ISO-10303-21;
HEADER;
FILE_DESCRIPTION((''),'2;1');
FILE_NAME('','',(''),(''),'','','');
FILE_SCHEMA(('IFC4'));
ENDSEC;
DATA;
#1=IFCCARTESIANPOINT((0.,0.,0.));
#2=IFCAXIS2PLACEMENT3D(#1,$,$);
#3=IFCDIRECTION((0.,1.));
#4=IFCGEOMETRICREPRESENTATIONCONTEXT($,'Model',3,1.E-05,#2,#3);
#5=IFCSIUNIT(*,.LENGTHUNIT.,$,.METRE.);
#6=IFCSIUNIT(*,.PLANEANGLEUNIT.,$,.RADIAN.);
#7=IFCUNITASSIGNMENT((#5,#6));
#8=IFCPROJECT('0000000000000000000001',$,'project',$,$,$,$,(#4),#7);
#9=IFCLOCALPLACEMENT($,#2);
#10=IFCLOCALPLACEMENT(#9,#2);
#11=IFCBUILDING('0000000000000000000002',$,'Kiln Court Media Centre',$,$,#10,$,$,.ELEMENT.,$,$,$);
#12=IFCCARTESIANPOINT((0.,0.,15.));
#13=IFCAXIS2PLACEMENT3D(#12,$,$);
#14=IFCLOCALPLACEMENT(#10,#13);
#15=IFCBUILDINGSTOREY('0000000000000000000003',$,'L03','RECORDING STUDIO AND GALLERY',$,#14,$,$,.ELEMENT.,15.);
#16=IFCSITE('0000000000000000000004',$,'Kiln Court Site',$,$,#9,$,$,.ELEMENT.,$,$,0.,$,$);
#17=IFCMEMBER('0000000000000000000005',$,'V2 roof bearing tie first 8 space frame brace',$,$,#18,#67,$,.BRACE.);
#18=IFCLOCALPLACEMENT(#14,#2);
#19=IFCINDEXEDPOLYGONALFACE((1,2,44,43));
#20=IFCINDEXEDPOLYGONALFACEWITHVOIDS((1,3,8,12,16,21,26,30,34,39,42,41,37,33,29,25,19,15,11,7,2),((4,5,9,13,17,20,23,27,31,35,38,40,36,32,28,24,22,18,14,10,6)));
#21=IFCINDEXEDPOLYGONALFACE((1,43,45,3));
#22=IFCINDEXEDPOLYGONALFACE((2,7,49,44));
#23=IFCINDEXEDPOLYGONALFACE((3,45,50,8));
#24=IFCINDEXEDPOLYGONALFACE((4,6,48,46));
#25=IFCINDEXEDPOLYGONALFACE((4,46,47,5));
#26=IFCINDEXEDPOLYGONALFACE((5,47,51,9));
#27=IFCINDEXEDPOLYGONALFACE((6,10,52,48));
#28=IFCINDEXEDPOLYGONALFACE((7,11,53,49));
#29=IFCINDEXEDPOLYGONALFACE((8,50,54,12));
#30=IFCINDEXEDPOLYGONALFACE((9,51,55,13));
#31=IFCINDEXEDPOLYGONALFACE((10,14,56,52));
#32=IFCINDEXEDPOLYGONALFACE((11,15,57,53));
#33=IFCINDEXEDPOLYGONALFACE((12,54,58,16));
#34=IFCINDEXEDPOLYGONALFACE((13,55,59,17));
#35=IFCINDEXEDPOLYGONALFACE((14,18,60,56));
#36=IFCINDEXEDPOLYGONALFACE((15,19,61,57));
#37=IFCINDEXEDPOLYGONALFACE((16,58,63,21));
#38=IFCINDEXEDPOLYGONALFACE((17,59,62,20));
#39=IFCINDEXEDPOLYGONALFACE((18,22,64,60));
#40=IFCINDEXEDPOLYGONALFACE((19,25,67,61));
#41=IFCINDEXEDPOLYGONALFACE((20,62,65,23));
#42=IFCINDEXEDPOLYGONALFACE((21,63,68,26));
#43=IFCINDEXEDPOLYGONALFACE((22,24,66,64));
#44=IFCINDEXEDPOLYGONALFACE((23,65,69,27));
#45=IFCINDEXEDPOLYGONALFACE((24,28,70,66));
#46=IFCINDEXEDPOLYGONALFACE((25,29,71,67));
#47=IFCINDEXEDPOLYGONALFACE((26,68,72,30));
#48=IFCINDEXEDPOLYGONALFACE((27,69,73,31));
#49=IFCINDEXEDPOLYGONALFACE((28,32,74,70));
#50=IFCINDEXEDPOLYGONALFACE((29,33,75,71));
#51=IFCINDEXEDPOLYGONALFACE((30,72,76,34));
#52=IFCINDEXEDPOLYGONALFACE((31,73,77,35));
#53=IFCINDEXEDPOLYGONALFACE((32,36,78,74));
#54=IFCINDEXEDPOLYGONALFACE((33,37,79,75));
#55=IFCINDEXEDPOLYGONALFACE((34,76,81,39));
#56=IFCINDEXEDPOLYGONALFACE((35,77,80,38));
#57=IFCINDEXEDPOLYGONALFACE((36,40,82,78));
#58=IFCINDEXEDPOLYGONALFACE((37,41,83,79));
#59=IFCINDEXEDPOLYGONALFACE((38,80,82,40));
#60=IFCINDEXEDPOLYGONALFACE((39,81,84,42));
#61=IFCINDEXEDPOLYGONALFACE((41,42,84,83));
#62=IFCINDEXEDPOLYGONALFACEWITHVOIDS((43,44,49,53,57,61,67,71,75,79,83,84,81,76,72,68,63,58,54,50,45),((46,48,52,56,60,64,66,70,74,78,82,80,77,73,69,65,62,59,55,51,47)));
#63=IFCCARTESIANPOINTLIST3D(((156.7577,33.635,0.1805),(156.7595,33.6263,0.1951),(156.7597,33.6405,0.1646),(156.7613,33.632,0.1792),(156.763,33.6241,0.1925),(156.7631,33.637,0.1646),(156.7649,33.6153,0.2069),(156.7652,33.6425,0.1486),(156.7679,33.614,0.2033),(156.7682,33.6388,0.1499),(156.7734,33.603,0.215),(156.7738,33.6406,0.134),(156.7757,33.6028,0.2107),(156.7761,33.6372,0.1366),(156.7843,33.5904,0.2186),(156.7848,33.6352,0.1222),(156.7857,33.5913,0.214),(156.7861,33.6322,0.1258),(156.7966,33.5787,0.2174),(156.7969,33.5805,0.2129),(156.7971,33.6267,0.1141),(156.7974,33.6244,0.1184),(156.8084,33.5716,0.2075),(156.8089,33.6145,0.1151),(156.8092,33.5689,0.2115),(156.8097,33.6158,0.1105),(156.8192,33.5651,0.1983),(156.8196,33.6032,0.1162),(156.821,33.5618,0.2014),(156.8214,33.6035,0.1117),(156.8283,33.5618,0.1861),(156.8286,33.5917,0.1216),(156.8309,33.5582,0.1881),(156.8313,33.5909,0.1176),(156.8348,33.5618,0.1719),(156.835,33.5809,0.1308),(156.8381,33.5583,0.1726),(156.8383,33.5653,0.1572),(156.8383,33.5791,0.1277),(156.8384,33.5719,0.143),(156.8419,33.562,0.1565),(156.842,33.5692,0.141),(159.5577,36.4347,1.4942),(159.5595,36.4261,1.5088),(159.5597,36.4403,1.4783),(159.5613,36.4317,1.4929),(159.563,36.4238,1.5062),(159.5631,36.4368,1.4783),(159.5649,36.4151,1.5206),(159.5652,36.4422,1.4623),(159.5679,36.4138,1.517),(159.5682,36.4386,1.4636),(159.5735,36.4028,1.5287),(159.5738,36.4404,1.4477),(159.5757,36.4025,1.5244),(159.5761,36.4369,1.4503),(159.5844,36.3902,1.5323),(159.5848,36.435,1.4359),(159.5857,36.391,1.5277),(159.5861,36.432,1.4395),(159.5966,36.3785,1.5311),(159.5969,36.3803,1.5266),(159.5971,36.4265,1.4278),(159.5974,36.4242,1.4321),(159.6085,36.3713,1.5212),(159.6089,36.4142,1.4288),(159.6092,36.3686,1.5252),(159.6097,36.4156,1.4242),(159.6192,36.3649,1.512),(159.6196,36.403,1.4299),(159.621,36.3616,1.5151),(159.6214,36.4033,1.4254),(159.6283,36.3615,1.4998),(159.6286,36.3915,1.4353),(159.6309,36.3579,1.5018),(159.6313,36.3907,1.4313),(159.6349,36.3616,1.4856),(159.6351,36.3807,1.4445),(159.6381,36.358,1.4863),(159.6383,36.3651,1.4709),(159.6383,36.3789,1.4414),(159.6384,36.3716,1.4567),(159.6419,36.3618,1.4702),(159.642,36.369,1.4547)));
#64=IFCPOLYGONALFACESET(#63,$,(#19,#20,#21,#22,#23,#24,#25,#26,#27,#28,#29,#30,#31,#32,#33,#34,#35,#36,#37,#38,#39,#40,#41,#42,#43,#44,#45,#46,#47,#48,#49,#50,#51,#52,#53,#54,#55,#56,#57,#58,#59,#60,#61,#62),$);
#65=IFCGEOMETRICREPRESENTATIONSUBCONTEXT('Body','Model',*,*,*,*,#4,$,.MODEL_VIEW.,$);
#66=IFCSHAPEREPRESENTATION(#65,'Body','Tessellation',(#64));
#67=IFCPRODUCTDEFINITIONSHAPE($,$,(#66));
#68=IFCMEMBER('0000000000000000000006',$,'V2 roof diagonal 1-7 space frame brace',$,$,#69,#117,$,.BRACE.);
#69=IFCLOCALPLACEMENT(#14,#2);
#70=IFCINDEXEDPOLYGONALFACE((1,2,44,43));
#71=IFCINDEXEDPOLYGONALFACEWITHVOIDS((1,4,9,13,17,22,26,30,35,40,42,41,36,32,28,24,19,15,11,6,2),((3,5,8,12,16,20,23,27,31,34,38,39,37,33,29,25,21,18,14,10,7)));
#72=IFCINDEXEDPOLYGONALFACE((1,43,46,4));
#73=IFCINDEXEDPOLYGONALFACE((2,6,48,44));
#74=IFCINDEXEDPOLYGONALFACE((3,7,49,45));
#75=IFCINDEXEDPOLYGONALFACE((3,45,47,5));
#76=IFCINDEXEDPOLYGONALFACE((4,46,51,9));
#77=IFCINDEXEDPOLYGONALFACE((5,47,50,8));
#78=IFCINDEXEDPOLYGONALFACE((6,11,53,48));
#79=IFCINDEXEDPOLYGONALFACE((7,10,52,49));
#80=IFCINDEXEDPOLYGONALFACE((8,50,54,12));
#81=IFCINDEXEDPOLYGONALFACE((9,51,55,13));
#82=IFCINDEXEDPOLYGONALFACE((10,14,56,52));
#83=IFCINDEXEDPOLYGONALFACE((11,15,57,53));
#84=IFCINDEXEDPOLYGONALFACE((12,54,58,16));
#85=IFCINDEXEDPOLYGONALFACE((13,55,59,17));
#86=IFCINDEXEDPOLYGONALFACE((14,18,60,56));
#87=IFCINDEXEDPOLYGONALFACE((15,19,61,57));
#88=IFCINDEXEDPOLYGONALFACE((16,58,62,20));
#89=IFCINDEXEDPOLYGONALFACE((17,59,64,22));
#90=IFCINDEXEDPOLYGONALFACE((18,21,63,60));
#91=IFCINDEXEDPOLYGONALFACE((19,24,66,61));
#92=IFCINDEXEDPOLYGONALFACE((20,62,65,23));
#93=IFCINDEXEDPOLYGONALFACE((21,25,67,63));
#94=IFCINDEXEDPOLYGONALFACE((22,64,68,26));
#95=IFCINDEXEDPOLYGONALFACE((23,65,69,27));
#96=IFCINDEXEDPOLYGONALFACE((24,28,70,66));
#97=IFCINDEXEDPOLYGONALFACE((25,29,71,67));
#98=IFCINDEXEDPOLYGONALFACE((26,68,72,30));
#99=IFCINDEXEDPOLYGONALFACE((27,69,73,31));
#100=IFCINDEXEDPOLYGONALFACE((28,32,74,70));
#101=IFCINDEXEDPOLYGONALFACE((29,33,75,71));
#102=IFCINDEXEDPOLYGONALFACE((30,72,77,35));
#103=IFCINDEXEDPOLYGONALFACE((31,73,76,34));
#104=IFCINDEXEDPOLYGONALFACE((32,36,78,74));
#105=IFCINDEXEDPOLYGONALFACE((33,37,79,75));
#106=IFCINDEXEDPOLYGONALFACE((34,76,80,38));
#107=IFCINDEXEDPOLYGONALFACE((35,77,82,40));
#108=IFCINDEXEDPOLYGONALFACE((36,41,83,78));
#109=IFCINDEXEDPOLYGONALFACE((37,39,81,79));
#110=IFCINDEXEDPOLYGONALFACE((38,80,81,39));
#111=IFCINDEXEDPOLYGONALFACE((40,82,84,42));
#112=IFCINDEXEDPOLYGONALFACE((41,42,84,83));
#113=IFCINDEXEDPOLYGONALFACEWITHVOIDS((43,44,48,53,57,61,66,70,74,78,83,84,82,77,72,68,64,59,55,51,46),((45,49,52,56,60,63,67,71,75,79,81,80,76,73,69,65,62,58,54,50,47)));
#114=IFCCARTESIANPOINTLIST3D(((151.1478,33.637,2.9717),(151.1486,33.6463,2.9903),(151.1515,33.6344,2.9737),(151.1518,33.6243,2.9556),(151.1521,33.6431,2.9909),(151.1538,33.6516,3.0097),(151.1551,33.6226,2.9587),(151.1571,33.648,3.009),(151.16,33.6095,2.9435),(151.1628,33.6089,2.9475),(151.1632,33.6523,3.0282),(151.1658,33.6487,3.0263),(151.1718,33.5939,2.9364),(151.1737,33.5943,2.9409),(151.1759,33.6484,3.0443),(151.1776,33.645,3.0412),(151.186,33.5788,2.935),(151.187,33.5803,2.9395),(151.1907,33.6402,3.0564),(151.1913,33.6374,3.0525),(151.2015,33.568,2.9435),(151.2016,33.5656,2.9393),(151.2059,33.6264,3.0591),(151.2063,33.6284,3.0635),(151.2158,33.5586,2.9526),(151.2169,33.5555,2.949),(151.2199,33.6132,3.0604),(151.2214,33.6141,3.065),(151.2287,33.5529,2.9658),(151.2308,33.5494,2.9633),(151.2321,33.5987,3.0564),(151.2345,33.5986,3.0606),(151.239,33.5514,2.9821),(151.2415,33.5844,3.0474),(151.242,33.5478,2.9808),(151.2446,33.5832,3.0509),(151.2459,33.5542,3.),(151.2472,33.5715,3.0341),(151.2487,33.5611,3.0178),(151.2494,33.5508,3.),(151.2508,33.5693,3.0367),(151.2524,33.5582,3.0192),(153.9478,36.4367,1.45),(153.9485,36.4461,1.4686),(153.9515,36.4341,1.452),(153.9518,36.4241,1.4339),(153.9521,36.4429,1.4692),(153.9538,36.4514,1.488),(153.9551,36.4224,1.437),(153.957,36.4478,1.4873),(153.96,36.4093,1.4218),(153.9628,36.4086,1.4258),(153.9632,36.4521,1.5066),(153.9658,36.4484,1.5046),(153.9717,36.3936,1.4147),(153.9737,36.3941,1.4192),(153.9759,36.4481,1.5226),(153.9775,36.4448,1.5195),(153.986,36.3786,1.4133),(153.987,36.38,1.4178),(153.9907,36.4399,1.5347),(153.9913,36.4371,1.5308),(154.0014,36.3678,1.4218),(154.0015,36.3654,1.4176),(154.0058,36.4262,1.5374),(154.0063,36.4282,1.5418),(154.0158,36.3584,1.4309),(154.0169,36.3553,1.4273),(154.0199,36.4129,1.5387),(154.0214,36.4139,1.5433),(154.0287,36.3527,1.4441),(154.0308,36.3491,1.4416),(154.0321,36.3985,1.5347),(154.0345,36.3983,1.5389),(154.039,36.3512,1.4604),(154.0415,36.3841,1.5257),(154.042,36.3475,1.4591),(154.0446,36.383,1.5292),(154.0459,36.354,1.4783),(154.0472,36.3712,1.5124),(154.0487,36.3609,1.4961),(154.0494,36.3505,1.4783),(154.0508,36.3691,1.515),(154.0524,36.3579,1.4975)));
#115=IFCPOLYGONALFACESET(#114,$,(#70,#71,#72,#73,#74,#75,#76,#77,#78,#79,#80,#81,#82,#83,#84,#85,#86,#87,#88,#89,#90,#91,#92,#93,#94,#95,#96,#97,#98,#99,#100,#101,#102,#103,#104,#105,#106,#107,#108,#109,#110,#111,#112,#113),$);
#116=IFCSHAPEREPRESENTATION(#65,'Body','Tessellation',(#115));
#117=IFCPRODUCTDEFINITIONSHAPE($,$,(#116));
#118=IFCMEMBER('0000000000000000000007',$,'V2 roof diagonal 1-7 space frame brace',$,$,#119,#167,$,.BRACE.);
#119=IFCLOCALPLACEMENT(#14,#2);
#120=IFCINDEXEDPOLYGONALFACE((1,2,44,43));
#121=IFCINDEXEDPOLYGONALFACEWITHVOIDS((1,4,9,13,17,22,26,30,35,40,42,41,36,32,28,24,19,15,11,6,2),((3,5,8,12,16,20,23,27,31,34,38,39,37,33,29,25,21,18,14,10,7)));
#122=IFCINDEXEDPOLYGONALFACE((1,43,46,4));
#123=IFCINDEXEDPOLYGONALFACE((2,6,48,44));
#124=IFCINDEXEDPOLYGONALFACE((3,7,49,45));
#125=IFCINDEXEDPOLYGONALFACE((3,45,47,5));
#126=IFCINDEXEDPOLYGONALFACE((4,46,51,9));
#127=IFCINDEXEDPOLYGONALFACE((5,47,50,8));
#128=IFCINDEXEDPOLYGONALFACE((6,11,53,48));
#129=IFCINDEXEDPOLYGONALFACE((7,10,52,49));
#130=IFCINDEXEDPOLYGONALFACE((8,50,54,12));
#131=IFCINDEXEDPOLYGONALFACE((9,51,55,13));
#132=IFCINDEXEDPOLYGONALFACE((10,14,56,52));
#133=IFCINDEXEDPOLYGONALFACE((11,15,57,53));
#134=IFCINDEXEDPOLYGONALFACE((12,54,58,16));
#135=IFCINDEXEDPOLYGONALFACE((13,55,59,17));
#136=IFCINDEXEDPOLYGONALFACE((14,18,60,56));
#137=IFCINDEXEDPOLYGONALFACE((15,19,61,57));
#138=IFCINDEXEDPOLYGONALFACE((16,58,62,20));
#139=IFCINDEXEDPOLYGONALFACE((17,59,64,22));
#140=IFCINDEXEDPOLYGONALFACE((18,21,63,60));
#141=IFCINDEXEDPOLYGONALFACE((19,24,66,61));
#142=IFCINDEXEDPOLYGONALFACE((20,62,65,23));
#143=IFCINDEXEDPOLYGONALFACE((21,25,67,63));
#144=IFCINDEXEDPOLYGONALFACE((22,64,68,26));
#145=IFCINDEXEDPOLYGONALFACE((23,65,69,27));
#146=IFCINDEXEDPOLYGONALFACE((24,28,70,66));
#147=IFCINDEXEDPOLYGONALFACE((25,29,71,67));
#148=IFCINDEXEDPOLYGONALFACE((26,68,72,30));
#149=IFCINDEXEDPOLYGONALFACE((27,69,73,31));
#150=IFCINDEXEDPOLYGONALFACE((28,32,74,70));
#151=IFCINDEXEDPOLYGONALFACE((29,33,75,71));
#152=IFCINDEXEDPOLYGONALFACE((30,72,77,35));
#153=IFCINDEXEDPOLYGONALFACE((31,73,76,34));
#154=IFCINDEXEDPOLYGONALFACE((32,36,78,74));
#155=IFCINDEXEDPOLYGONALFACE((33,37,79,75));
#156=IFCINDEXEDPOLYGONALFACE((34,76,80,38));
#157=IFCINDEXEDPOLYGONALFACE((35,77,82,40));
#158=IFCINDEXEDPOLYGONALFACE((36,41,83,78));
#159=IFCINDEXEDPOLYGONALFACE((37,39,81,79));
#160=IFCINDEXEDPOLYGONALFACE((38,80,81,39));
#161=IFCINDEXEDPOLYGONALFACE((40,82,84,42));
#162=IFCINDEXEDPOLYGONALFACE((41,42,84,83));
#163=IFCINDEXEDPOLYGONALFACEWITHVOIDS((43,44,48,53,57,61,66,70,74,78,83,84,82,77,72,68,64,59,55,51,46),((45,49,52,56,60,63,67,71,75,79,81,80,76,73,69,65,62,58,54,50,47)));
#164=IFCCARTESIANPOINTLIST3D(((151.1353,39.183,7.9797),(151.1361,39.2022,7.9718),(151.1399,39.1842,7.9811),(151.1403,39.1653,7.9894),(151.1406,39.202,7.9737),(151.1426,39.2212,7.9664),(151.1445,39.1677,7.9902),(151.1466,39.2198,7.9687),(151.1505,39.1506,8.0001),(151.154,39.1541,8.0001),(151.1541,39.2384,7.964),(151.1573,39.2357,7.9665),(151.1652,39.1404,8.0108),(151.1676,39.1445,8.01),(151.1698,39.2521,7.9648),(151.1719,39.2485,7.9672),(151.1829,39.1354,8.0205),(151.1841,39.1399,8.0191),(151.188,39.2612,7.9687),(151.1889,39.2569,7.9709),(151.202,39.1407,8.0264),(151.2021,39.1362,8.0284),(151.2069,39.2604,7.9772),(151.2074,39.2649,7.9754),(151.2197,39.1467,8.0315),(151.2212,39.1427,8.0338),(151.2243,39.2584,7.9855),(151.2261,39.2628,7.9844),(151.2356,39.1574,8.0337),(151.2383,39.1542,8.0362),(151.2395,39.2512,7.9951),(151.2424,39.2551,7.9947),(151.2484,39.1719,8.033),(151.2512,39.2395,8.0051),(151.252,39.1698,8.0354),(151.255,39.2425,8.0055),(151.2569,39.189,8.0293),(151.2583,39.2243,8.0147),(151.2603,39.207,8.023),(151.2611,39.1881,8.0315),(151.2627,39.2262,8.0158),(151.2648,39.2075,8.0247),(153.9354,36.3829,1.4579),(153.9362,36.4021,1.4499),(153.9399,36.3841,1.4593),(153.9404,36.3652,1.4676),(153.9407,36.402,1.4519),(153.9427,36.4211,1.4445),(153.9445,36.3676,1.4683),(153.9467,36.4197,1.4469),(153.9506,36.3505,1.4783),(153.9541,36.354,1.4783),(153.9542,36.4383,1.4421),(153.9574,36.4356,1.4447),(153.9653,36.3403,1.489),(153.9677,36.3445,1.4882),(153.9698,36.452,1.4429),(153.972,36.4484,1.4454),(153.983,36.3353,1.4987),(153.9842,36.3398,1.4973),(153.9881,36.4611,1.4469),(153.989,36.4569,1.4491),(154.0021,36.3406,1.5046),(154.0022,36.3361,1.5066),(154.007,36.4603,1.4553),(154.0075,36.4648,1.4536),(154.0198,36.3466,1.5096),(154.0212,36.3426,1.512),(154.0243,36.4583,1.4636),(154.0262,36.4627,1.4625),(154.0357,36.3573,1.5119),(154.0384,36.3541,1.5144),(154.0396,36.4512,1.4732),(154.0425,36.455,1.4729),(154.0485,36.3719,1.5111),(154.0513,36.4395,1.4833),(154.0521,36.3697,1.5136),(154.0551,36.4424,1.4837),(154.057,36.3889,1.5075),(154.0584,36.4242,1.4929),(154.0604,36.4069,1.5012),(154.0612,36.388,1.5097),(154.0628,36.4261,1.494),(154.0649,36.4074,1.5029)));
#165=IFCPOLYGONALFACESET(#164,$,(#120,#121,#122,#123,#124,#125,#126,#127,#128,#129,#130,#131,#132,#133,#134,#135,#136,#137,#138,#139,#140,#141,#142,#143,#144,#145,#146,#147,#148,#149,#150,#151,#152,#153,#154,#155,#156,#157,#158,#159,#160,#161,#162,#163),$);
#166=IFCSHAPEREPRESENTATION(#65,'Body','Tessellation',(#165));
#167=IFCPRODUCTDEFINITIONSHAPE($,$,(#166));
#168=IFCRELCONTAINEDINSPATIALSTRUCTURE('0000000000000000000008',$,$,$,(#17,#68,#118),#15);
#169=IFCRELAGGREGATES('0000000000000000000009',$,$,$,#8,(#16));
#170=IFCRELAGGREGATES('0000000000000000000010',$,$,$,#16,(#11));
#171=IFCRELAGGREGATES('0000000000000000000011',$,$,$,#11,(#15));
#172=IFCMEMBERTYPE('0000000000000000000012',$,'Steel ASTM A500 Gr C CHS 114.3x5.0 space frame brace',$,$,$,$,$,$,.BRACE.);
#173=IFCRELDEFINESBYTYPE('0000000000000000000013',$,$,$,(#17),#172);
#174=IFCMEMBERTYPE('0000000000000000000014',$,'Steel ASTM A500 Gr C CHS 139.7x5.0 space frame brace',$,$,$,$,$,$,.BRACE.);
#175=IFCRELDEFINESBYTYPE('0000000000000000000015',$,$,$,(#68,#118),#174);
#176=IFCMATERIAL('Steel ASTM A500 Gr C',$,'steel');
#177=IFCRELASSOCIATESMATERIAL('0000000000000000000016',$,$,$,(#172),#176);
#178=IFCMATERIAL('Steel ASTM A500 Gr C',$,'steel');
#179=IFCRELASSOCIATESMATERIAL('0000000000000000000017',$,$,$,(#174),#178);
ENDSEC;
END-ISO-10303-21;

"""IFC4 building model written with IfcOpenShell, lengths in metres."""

from ifc_helpers import new_model, si_unit, direction, frame, origin, origin_2d, place, context, subcontext, project, spatial, hollow_circle, extrude, material, material_profile, profile_set, type_object, element, save


model = new_model("IFC4")

# Units and contexts
model_context = context("Model", 3, precision=1e-05, world=origin(), true_north=direction((0.0, 1.0)))
body_context = subcontext(model_context, "Body", "Model", "MODEL_VIEW")
ifc_project = project(units=[si_unit("LENGTHUNIT", "METRE"), si_unit("PLANEANGLEUNIT", "RADIAN")], contexts=[model_context])

# Site, building, storey
site_placement = place(None, origin())
site = spatial("IfcSite", under=ifc_project, at=site_placement, Name="Kiln Court Site", CompositionType="ELEMENT", RefElevation=0.0)
building_placement = place(site_placement, origin())
building = spatial("IfcBuilding", under=site, at=building_placement, Name="Kiln Court Media Centre", CompositionType="ELEMENT")
storey_placement = place(building_placement, frame((0.0, 0.0, 15.0)))
storey = spatial("IfcBuildingStorey", under=building, at=storey_placement, Name="L03", Description="RECORDING STUDIO AND GALLERY", CompositionType="ELEMENT", Elevation=15.0)

# Members
ifc_material_1 = material(Name="Steel ASTM A500 Gr C", Category="steel")
ifc_material_profile_1 = material_profile(ifc_material_1, hollow_circle(Radius=0.0571, WallThickness=0.0049, at=origin_2d()), Name="CHS 114.3x5.0")
ifc_profile_set_1 = profile_set([ifc_material_profile_1], Name="Steel ASTM A500 Gr C")
member_type_1 = type_object("IfcMemberType", Name="Steel ASTM A500 Gr C CHS 114.3x5.0 space frame brace", PredefinedType="BRACE", material=ifc_profile_set_1)
for number, where, z_axis, x_axis, name in (
    (1, (156.8, 33.6001, 0.1646), (0.671163, 0.671105, 0.314895), (-0.707076, 0.707138, 0.0), "V2 roof bearing tie first 8 space frame brace"),
):
    element("IfcMember", number, at=place(storey_placement, frame(where, z_axis=z_axis, x_axis=x_axis)), inside=storey, type_object=member_type_1, Name=name, PredefinedType="BRACE", context=body_context, shape_type="SweptSolid", body=[
        extrude(hollow_circle(Radius=0.0571, WallThickness=0.0049, at=origin_2d()), origin(), (0.0, 0.0, 1.0), 4.1719),
    ])
ifc_material_2 = material(Name="Steel ASTM A500 Gr C", Category="steel")
ifc_material_profile_2 = material_profile(ifc_material_2, hollow_circle(Radius=0.0698, WallThickness=0.0049, at=origin_2d()), Name="CHS 139.7x5.0")
ifc_profile_set_2 = profile_set([ifc_material_profile_2], Name="Steel ASTM A500 Gr C")
member_type_2 = type_object("IfcMemberType", Name="Steel ASTM A500 Gr C CHS 139.7x5.0 space frame brace", PredefinedType="BRACE", material=ifc_profile_set_2)
member_1_placement = place(storey_placement, frame((154.0, 36.3999, 1.4783), z_axis=(-0.660073, -0.660015, 0.358726), x_axis=(0.707076, -0.707138, 0.0)))
element("IfcMember", 2, at=member_1_placement, inside=storey, type_object=member_type_2, Name="V2 roof diagonal 1-7 space frame brace", PredefinedType="BRACE", context=body_context, shape_type="SweptSolid", body=[
    extrude(hollow_circle(Radius=0.0698, WallThickness=0.0049, at=origin_2d()), origin(), (0.0, 0.0, 1.0), 4.2419),
])
member_2_placement = place(storey_placement, frame((154.0, 36.3999, 1.4783), z_axis=(-0.36699, 0.36699, 0.854773), x_axis=(-0.707107, -0.707107, 0.0)))
element("IfcMember", 3, at=member_2_placement, inside=storey, type_object=member_type_2, Name="V2 roof diagonal 1-7 space frame brace", PredefinedType="BRACE", context=body_context, shape_type="SweptSolid", body=[
    extrude(hollow_circle(Radius=0.0698, WallThickness=0.0049, at=origin_2d()), origin(), (0.0, 0.0, 1.0), 7.6299),
])

save(model, "model.ifc")
